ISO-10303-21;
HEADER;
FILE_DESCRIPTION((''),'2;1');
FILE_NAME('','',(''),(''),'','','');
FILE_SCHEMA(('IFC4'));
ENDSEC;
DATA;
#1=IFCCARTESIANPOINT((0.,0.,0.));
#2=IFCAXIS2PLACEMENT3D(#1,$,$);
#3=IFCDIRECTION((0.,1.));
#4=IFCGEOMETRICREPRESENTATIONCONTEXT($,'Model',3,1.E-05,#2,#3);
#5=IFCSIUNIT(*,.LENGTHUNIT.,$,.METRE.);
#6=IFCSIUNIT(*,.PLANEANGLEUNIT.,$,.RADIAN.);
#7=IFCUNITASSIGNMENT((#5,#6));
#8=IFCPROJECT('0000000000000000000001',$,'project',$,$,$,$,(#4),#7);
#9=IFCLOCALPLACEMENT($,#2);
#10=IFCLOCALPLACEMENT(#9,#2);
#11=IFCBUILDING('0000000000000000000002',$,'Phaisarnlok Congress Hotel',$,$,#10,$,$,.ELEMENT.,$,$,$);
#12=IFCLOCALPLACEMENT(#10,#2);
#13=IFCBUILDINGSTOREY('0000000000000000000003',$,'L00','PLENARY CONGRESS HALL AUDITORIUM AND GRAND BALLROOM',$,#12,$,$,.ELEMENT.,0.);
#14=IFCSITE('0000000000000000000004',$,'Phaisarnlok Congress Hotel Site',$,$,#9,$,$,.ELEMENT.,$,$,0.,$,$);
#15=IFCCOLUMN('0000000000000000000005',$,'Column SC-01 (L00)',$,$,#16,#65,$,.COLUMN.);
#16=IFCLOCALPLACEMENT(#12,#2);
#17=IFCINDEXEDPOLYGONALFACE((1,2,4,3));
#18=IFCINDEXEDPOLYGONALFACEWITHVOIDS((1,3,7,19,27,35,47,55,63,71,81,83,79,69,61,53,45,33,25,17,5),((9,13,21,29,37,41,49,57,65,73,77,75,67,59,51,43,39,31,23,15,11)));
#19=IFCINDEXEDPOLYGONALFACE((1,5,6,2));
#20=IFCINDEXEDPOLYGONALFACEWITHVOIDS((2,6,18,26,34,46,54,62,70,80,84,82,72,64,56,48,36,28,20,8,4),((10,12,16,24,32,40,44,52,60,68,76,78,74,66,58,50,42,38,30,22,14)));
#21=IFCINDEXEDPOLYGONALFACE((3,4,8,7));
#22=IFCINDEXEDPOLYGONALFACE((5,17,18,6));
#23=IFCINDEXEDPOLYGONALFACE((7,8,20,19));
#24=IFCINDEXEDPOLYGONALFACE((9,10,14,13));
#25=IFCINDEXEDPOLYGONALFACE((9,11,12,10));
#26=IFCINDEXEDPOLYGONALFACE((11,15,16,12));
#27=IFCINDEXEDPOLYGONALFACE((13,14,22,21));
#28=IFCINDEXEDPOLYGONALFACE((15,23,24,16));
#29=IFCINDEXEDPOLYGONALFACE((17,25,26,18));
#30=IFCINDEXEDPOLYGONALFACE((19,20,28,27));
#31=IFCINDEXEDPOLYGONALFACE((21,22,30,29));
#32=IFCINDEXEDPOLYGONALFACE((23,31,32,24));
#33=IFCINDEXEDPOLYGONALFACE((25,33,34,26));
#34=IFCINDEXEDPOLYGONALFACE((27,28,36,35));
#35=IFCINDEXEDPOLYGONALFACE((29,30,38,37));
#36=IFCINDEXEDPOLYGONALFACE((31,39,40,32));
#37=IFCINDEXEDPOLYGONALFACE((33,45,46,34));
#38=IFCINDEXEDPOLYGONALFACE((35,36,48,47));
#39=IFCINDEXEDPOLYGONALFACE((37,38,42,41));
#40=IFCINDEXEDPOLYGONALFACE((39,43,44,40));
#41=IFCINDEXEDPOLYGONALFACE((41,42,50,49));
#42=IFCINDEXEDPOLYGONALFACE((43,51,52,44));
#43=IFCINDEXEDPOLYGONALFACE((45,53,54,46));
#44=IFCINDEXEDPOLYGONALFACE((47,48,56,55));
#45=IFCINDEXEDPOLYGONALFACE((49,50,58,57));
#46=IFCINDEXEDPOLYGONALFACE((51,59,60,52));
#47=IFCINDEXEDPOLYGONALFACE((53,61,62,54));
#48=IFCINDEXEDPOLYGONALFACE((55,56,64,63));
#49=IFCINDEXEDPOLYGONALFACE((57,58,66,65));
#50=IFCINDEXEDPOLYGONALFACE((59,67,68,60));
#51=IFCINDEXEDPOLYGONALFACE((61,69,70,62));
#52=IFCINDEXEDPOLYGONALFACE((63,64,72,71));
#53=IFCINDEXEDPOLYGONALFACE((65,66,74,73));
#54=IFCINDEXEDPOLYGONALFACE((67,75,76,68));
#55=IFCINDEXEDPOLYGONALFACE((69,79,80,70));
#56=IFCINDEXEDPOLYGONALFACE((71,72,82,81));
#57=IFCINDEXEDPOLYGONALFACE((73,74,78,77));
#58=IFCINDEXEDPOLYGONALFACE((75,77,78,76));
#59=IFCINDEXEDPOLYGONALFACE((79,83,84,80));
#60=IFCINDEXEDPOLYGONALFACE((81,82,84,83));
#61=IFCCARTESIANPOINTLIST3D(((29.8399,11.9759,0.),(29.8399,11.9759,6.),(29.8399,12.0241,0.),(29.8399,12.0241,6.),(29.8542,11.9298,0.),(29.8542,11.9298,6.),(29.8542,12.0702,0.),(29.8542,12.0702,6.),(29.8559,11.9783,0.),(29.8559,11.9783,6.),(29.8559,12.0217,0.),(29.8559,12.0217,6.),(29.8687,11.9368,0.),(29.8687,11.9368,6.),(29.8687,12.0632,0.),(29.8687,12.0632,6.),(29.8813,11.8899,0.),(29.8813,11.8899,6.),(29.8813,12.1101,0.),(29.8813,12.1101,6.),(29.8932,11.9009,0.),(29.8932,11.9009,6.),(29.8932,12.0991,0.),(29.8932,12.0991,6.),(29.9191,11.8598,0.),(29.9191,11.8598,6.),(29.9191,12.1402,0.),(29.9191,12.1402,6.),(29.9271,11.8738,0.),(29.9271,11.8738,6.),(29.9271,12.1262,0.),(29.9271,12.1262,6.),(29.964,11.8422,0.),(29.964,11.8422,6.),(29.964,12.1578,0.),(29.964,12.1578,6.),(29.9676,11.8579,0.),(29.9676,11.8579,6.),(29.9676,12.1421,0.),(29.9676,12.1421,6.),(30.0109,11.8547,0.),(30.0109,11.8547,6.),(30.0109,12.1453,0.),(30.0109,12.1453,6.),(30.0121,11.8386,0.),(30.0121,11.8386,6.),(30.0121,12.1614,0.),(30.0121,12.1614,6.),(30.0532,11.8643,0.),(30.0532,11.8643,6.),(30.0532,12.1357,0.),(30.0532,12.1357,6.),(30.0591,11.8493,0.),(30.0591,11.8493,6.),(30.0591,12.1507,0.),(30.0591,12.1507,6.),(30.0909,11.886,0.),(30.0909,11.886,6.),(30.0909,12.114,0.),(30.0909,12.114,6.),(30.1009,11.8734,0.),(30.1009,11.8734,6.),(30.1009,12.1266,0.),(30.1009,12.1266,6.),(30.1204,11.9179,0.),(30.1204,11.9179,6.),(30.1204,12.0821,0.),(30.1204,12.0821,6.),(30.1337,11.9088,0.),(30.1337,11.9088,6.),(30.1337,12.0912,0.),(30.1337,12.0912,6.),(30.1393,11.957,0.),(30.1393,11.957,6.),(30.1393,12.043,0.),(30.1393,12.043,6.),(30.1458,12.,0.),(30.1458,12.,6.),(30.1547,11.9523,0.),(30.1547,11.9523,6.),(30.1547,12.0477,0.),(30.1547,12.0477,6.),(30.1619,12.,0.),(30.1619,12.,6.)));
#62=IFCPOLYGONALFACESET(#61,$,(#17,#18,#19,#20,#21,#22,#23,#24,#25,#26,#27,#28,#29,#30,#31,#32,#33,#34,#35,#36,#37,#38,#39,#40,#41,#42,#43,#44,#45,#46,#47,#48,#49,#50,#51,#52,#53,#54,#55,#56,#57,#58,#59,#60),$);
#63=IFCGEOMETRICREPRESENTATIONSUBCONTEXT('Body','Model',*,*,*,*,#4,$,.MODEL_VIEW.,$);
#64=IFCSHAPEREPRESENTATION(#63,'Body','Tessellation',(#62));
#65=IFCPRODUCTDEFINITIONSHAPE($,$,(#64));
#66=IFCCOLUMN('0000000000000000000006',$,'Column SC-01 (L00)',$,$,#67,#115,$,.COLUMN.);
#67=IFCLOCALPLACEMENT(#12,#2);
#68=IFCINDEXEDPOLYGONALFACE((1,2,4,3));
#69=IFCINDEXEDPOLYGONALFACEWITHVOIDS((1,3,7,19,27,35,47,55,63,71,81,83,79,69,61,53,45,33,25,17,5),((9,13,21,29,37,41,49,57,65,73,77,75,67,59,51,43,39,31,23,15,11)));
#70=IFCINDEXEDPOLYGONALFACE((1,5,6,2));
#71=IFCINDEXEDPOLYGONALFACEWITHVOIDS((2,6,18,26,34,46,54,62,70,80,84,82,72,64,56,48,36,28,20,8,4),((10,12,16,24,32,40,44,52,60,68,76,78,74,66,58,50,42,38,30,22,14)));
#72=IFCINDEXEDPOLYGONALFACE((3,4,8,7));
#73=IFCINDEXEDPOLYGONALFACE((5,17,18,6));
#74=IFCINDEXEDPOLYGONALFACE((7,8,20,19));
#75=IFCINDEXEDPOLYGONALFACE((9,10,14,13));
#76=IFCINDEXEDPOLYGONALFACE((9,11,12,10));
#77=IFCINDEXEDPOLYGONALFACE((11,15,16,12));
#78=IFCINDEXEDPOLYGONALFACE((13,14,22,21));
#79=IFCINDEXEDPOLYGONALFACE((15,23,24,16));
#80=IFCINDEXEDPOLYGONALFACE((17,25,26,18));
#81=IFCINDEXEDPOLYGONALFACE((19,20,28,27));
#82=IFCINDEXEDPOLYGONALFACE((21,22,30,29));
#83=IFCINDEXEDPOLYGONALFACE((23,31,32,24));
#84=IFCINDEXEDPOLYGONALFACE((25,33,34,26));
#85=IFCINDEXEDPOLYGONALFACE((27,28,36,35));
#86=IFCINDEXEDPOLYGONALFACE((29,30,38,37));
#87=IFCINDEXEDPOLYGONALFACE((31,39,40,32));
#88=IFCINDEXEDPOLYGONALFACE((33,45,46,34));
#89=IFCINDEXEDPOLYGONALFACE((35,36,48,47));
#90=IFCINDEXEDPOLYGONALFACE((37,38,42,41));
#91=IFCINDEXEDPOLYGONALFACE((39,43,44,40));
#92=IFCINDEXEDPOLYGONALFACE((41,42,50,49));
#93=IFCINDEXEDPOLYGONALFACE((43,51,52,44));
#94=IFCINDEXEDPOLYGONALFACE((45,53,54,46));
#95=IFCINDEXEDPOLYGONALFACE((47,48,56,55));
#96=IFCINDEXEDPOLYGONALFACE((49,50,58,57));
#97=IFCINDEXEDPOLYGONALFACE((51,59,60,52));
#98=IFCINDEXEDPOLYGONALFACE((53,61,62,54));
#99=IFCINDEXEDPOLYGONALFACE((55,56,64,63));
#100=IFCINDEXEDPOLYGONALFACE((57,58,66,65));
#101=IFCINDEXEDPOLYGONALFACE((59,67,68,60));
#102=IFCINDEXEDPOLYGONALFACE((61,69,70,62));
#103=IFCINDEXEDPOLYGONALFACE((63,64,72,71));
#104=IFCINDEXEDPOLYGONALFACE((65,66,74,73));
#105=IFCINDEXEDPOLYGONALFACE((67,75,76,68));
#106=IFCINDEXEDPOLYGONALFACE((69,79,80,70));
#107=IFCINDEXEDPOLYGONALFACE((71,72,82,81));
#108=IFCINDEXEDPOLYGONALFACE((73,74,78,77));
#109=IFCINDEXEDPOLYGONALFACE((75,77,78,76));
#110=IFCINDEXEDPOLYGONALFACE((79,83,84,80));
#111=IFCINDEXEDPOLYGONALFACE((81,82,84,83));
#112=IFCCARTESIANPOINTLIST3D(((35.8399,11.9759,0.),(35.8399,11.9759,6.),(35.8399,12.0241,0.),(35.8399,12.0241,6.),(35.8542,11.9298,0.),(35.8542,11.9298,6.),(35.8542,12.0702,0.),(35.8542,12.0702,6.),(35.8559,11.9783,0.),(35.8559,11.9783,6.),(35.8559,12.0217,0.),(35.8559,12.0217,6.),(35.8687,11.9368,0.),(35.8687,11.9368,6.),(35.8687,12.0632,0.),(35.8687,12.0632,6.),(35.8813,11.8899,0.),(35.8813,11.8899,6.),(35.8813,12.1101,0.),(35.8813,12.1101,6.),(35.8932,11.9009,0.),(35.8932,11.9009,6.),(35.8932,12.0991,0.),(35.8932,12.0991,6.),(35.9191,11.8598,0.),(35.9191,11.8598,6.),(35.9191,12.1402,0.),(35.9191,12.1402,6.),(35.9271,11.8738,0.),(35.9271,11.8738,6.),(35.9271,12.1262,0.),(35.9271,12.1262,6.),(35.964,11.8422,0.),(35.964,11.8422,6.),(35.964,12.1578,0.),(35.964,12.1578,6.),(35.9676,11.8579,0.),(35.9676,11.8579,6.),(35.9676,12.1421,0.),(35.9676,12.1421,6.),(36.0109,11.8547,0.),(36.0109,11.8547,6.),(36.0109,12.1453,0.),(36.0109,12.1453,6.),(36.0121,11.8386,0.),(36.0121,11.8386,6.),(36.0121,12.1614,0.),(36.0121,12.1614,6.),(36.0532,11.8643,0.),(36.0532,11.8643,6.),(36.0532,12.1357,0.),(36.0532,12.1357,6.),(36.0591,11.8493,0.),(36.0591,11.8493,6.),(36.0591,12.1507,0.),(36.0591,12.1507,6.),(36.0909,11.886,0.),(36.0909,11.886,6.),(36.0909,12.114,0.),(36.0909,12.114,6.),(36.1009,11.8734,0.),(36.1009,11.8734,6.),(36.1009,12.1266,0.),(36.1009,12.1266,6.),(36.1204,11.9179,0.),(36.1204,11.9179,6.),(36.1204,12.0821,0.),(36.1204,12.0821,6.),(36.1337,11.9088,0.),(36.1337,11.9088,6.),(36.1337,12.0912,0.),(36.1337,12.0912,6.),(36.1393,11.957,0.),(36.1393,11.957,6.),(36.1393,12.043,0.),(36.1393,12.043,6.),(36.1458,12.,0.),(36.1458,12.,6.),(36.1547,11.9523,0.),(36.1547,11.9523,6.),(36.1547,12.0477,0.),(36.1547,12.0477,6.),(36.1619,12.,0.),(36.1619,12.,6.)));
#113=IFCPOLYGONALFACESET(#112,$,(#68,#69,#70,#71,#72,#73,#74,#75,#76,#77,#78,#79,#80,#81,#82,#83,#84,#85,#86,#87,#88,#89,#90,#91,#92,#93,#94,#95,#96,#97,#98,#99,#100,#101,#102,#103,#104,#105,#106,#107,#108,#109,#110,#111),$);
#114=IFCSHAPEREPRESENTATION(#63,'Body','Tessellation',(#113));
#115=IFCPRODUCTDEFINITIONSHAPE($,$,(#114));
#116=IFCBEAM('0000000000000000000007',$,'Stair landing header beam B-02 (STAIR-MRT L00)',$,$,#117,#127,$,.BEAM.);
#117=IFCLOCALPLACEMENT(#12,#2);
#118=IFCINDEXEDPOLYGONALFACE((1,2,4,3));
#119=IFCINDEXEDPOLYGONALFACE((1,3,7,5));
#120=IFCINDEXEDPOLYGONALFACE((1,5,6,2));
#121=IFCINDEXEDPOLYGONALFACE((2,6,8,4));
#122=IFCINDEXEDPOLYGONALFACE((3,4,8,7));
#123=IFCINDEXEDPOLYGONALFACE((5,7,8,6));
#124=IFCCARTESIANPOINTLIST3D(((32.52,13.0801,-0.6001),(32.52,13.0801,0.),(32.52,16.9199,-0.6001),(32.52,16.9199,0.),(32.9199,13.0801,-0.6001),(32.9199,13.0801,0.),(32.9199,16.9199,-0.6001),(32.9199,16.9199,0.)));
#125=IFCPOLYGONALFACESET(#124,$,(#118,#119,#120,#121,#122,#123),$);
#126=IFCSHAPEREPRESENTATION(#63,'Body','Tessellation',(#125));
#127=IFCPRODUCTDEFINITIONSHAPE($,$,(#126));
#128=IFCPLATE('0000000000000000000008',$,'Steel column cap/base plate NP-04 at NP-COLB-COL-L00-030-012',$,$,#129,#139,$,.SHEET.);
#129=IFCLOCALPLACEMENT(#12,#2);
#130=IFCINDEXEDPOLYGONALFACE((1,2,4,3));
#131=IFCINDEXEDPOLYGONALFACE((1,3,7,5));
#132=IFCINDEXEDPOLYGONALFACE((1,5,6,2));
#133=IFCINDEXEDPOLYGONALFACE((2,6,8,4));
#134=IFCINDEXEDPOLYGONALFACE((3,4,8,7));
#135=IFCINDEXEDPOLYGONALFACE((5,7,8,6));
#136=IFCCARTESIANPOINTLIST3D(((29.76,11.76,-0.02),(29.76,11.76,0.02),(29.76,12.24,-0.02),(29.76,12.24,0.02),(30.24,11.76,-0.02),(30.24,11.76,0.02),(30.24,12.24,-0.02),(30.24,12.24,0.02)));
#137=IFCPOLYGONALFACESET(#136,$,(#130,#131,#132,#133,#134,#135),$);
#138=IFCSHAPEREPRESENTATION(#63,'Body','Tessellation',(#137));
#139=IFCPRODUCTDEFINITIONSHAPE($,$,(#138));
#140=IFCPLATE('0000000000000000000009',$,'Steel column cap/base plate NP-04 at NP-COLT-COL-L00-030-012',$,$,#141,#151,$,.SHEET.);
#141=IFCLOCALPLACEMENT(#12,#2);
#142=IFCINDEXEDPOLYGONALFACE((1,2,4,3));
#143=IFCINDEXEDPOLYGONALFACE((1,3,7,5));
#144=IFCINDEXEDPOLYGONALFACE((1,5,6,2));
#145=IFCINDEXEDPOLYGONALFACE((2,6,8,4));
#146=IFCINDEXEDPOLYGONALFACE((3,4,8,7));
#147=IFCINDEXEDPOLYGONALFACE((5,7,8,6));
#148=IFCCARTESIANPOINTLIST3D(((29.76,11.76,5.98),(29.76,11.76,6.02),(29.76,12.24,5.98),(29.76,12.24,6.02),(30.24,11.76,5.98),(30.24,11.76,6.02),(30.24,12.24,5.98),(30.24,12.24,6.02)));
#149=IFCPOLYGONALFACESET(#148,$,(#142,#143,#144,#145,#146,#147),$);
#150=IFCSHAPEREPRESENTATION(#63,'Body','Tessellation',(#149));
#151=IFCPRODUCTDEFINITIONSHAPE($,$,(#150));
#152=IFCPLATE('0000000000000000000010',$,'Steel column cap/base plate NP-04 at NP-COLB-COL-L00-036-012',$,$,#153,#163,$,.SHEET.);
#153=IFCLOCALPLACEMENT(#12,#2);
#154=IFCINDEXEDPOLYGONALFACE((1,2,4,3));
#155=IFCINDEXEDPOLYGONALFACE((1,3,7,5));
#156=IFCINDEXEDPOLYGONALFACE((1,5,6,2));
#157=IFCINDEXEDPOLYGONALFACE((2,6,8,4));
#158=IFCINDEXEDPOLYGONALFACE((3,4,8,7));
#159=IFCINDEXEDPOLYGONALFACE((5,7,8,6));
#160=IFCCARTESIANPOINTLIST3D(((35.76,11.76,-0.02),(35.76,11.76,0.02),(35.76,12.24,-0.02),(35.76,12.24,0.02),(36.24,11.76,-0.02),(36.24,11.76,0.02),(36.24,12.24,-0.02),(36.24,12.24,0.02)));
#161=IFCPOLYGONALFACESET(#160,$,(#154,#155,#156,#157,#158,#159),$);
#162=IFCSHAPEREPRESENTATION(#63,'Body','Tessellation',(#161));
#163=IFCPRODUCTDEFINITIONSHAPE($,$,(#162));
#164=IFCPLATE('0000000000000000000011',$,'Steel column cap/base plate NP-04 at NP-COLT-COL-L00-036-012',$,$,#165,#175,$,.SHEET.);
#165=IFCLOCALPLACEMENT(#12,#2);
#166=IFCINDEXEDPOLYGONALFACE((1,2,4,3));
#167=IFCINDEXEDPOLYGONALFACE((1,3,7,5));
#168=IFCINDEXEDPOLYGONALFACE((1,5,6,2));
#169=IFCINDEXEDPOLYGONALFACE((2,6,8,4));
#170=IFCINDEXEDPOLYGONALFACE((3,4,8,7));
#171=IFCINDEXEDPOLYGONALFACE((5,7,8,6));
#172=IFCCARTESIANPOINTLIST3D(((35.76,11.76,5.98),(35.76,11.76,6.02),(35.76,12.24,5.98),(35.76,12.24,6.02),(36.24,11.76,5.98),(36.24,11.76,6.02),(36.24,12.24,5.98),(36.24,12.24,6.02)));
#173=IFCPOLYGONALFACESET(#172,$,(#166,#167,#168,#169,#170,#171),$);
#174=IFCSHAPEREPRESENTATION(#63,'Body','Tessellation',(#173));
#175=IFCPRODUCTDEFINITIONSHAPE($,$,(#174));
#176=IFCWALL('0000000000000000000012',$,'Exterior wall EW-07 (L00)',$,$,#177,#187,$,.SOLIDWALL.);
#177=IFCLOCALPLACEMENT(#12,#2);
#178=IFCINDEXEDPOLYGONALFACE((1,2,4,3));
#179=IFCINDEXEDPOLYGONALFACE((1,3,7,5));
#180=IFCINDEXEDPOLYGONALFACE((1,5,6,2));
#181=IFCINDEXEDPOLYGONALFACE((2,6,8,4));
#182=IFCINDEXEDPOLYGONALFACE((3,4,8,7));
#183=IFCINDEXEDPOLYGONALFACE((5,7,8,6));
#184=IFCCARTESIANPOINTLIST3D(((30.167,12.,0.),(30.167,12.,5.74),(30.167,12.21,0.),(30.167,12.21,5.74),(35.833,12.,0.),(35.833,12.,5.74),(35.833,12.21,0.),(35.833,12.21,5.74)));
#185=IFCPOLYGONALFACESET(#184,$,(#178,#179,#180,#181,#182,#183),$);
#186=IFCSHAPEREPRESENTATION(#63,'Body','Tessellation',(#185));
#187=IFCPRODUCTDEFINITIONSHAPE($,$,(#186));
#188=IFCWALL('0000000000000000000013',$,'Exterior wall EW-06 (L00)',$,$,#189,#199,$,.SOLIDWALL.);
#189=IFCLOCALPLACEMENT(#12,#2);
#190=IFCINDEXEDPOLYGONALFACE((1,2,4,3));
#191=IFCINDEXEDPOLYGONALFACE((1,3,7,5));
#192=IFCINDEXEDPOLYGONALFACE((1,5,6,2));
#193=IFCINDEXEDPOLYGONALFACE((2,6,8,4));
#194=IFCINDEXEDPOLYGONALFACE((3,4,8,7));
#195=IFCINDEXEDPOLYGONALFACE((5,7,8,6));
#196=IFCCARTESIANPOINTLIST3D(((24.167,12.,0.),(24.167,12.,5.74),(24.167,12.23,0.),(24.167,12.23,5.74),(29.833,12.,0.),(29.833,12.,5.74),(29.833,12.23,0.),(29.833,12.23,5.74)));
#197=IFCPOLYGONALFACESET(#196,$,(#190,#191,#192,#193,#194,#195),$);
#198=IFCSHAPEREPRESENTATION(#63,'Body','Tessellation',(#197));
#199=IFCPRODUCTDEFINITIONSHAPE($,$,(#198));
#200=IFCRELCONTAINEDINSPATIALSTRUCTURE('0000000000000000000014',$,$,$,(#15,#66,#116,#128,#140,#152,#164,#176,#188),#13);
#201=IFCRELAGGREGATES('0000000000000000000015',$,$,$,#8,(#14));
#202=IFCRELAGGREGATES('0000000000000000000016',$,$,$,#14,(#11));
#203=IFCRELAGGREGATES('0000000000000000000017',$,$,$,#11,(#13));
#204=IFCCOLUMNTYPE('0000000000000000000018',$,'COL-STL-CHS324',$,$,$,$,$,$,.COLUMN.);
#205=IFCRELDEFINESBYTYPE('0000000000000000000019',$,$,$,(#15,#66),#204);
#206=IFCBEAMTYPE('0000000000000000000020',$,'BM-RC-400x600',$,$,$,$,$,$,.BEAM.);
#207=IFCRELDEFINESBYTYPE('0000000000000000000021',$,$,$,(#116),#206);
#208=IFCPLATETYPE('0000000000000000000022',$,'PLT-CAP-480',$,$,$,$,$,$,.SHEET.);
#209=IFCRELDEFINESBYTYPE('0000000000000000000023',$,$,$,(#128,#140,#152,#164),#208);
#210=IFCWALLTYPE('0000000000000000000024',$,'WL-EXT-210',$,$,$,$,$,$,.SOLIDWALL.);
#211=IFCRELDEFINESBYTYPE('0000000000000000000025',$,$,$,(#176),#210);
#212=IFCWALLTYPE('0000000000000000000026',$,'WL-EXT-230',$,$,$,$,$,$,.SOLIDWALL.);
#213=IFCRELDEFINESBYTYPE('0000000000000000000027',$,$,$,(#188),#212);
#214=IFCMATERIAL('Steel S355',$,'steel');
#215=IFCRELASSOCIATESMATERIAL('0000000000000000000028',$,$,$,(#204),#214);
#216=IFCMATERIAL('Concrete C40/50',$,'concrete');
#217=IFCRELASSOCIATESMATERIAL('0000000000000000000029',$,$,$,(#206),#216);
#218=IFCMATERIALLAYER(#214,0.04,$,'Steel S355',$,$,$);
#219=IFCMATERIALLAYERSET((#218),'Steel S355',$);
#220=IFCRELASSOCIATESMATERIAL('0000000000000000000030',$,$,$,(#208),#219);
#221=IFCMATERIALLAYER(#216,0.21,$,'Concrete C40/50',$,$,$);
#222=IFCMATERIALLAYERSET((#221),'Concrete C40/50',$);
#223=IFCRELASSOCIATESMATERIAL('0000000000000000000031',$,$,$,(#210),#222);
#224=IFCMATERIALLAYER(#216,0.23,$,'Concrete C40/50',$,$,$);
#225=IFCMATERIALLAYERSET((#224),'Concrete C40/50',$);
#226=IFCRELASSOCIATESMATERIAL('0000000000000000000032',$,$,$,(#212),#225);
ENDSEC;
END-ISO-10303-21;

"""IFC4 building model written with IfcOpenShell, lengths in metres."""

from ifc_helpers import new_model, si_unit, direction, frame, frame_2d, origin, origin_2d, place, context, subcontext, project, spatial, rectangle, hollow_circle, extrude, material, layer, layer_set, material_profile, profile_set, type_object, element, save


model = new_model("IFC4")

# Units and contexts
model_context = context("Model", 3, precision=1e-05, world=origin(), true_north=direction((0.0, 1.0)))
body_context = subcontext(model_context, "Body", "Model", "MODEL_VIEW")
ifc_project = project(units=[si_unit("LENGTHUNIT", "METRE"), si_unit("PLANEANGLEUNIT", "RADIAN")], contexts=[model_context])

# Site, building, storey
site_placement = place(None, origin())
site = spatial("IfcSite", under=ifc_project, at=site_placement, Name="Phaisarnlok Congress Hotel Site", CompositionType="ELEMENT", RefElevation=0.0)
building_placement = place(site_placement, origin())
building = spatial("IfcBuilding", under=site, at=building_placement, Name="Phaisarnlok Congress Hotel", CompositionType="ELEMENT")
storey_placement = place(building_placement, origin())
storey = spatial("IfcBuildingStorey", under=building, at=storey_placement, Name="L00", Description="PLENARY CONGRESS HALL AUDITORIUM AND GRAND BALLROOM", CompositionType="ELEMENT", Elevation=0.0)

# Columns
ifc_material_1 = material(Name="Steel S355", Category="steel")
ifc_material_profile_1 = material_profile(ifc_material_1, hollow_circle(Radius=0.1619, WallThickness=0.0161, at=origin_2d()), Name="CHS 323.9x16")
ifc_profile_set_1 = profile_set([ifc_material_profile_1], Name="Steel S355")
column_type = type_object("IfcColumnType", Name="COL-STL-CHS324", PredefinedType="COLUMN", material=ifc_profile_set_1)
for number, where, z_axis, x_axis, name in (
    (1, (30.0, 12.0, 0.0), (0.0, 0.0, 1.0), (1.0, 0.0, 0.0), "Column SC-01 (L00)"),
    (2, (36.0, 12.0, 0.0), (0.0, 0.0, 1.0), (1.0, 0.0, 0.0), "Column SC-01 (L00)"),
):
    element("IfcColumn", number, at=place(storey_placement, frame(where, z_axis=z_axis, x_axis=x_axis)), inside=storey, type_object=column_type, Name=name, PredefinedType="COLUMN", context=body_context, shape_type="SweptSolid", body=[
        extrude(hollow_circle(Radius=0.1619, WallThickness=0.0161, at=origin_2d()), origin(), (0.0, 0.0, 1.0), 6.0),
    ])

# Beam
ifc_material_2 = material(Name="Concrete C40/50", Category="concrete")
ifc_material_profile_2 = material_profile(ifc_material_2, rectangle(XDim=0.3999, YDim=0.6001, at=origin_2d()), Name="RC 400x600")
ifc_profile_set_2 = profile_set([ifc_material_profile_2], Name="Concrete C40/50")
beam_type = type_object("IfcBeamType", Name="BM-RC-400x600", PredefinedType="BEAM", material=ifc_profile_set_2)
beam_placement = place(storey_placement, frame((32.72, 13.0801, -0.3), z_axis=(0.0, 1.0, 0.0), x_axis=(-1.0, 0.0, 0.0)))
element("IfcBeam", 3, at=beam_placement, inside=storey, type_object=beam_type, Name="Stair landing header beam B-02 (STAIR-MRT L00)", PredefinedType="BEAM", context=body_context, shape_type="SweptSolid", body=[
    extrude(rectangle(XDim=0.3999, YDim=0.6001, at=origin_2d()), origin(), (0.0, 0.0, 1.0), 3.8398),
])

# Plates
ifc_layer_1 = layer(ifc_material_1, 0.04, Name="Steel S355")
ifc_layer_set_1 = layer_set([ifc_layer_1], Name="Steel S355")
plate_type = type_object("IfcPlateType", Name="PLT-CAP-480", PredefinedType="SHEET", material=ifc_layer_set_1)
for number, where, z_axis, x_axis, name in (
    (4, (30.0, 12.0, -0.02), (0.0, 0.0, 1.0), (1.0, 0.0, 0.0), "Steel column cap/base plate NP-04 at NP-COLB-COL-L00-030-012"),
    (5, (30.0, 12.0, 5.98), (0.0, 0.0, 1.0), (1.0, 0.0, 0.0), "Steel column cap/base plate NP-04 at NP-COLT-COL-L00-030-012"),
    (6, (36.0, 12.0, -0.02), (0.0, 0.0, 1.0), (1.0, 0.0, 0.0), "Steel column cap/base plate NP-04 at NP-COLB-COL-L00-036-012"),
    (7, (36.0, 12.0, 5.98), (0.0, 0.0, 1.0), (1.0, 0.0, 0.0), "Steel column cap/base plate NP-04 at NP-COLT-COL-L00-036-012"),
):
    element("IfcPlate", number, at=place(storey_placement, frame(where, z_axis=z_axis, x_axis=x_axis)), inside=storey, type_object=plate_type, Name=name, PredefinedType="SHEET", context=body_context, shape_type="SweptSolid", body=[
        extrude(rectangle(XDim=0.48, YDim=0.48, at=origin_2d()), origin(), (0.0, 0.0, 1.0), 0.04),
    ])

# Walls
ifc_layer_2 = layer(ifc_material_2, 0.21, Name="Concrete C40/50")
ifc_layer_set_2 = layer_set([ifc_layer_2], Name="Concrete C40/50")
wall_type_1 = type_object("IfcWallType", Name="WL-EXT-210", PredefinedType="SOLIDWALL", material=ifc_layer_set_2)
wall_1_placement = place(storey_placement, frame((30.167, 12.105, 0.0), z_axis=(0.0, 0.0, 1.0), x_axis=(1.0, 0.0, 0.0)))
element("IfcWall", 8, at=wall_1_placement, inside=storey, type_object=wall_type_1, Name="Exterior wall EW-07 (L00)", PredefinedType="SOLIDWALL", context=body_context, shape_type="SweptSolid", body=[
    extrude(rectangle(XDim=5.666, YDim=0.21, at=frame_2d((2.833, 0.0))), origin(), (0.0, 0.0, 1.0), 5.74),
])
ifc_layer_3 = layer(ifc_material_2, 0.23, Name="Concrete C40/50")
ifc_layer_set_3 = layer_set([ifc_layer_3], Name="Concrete C40/50")
wall_type_2 = type_object("IfcWallType", Name="WL-EXT-230", PredefinedType="SOLIDWALL", material=ifc_layer_set_3)
wall_2_placement = place(storey_placement, frame((24.167, 12.115, 0.0), z_axis=(0.0, 0.0, 1.0), x_axis=(1.0, 0.0, 0.0)))
element("IfcWall", 9, at=wall_2_placement, inside=storey, type_object=wall_type_2, Name="Exterior wall EW-06 (L00)", PredefinedType="SOLIDWALL", context=body_context, shape_type="SweptSolid", body=[
    extrude(rectangle(XDim=5.666, YDim=0.23, at=frame_2d((2.833, 0.0))), origin(), (0.0, 0.0, 1.0), 5.74),
])

save(model, "model.ifc")
